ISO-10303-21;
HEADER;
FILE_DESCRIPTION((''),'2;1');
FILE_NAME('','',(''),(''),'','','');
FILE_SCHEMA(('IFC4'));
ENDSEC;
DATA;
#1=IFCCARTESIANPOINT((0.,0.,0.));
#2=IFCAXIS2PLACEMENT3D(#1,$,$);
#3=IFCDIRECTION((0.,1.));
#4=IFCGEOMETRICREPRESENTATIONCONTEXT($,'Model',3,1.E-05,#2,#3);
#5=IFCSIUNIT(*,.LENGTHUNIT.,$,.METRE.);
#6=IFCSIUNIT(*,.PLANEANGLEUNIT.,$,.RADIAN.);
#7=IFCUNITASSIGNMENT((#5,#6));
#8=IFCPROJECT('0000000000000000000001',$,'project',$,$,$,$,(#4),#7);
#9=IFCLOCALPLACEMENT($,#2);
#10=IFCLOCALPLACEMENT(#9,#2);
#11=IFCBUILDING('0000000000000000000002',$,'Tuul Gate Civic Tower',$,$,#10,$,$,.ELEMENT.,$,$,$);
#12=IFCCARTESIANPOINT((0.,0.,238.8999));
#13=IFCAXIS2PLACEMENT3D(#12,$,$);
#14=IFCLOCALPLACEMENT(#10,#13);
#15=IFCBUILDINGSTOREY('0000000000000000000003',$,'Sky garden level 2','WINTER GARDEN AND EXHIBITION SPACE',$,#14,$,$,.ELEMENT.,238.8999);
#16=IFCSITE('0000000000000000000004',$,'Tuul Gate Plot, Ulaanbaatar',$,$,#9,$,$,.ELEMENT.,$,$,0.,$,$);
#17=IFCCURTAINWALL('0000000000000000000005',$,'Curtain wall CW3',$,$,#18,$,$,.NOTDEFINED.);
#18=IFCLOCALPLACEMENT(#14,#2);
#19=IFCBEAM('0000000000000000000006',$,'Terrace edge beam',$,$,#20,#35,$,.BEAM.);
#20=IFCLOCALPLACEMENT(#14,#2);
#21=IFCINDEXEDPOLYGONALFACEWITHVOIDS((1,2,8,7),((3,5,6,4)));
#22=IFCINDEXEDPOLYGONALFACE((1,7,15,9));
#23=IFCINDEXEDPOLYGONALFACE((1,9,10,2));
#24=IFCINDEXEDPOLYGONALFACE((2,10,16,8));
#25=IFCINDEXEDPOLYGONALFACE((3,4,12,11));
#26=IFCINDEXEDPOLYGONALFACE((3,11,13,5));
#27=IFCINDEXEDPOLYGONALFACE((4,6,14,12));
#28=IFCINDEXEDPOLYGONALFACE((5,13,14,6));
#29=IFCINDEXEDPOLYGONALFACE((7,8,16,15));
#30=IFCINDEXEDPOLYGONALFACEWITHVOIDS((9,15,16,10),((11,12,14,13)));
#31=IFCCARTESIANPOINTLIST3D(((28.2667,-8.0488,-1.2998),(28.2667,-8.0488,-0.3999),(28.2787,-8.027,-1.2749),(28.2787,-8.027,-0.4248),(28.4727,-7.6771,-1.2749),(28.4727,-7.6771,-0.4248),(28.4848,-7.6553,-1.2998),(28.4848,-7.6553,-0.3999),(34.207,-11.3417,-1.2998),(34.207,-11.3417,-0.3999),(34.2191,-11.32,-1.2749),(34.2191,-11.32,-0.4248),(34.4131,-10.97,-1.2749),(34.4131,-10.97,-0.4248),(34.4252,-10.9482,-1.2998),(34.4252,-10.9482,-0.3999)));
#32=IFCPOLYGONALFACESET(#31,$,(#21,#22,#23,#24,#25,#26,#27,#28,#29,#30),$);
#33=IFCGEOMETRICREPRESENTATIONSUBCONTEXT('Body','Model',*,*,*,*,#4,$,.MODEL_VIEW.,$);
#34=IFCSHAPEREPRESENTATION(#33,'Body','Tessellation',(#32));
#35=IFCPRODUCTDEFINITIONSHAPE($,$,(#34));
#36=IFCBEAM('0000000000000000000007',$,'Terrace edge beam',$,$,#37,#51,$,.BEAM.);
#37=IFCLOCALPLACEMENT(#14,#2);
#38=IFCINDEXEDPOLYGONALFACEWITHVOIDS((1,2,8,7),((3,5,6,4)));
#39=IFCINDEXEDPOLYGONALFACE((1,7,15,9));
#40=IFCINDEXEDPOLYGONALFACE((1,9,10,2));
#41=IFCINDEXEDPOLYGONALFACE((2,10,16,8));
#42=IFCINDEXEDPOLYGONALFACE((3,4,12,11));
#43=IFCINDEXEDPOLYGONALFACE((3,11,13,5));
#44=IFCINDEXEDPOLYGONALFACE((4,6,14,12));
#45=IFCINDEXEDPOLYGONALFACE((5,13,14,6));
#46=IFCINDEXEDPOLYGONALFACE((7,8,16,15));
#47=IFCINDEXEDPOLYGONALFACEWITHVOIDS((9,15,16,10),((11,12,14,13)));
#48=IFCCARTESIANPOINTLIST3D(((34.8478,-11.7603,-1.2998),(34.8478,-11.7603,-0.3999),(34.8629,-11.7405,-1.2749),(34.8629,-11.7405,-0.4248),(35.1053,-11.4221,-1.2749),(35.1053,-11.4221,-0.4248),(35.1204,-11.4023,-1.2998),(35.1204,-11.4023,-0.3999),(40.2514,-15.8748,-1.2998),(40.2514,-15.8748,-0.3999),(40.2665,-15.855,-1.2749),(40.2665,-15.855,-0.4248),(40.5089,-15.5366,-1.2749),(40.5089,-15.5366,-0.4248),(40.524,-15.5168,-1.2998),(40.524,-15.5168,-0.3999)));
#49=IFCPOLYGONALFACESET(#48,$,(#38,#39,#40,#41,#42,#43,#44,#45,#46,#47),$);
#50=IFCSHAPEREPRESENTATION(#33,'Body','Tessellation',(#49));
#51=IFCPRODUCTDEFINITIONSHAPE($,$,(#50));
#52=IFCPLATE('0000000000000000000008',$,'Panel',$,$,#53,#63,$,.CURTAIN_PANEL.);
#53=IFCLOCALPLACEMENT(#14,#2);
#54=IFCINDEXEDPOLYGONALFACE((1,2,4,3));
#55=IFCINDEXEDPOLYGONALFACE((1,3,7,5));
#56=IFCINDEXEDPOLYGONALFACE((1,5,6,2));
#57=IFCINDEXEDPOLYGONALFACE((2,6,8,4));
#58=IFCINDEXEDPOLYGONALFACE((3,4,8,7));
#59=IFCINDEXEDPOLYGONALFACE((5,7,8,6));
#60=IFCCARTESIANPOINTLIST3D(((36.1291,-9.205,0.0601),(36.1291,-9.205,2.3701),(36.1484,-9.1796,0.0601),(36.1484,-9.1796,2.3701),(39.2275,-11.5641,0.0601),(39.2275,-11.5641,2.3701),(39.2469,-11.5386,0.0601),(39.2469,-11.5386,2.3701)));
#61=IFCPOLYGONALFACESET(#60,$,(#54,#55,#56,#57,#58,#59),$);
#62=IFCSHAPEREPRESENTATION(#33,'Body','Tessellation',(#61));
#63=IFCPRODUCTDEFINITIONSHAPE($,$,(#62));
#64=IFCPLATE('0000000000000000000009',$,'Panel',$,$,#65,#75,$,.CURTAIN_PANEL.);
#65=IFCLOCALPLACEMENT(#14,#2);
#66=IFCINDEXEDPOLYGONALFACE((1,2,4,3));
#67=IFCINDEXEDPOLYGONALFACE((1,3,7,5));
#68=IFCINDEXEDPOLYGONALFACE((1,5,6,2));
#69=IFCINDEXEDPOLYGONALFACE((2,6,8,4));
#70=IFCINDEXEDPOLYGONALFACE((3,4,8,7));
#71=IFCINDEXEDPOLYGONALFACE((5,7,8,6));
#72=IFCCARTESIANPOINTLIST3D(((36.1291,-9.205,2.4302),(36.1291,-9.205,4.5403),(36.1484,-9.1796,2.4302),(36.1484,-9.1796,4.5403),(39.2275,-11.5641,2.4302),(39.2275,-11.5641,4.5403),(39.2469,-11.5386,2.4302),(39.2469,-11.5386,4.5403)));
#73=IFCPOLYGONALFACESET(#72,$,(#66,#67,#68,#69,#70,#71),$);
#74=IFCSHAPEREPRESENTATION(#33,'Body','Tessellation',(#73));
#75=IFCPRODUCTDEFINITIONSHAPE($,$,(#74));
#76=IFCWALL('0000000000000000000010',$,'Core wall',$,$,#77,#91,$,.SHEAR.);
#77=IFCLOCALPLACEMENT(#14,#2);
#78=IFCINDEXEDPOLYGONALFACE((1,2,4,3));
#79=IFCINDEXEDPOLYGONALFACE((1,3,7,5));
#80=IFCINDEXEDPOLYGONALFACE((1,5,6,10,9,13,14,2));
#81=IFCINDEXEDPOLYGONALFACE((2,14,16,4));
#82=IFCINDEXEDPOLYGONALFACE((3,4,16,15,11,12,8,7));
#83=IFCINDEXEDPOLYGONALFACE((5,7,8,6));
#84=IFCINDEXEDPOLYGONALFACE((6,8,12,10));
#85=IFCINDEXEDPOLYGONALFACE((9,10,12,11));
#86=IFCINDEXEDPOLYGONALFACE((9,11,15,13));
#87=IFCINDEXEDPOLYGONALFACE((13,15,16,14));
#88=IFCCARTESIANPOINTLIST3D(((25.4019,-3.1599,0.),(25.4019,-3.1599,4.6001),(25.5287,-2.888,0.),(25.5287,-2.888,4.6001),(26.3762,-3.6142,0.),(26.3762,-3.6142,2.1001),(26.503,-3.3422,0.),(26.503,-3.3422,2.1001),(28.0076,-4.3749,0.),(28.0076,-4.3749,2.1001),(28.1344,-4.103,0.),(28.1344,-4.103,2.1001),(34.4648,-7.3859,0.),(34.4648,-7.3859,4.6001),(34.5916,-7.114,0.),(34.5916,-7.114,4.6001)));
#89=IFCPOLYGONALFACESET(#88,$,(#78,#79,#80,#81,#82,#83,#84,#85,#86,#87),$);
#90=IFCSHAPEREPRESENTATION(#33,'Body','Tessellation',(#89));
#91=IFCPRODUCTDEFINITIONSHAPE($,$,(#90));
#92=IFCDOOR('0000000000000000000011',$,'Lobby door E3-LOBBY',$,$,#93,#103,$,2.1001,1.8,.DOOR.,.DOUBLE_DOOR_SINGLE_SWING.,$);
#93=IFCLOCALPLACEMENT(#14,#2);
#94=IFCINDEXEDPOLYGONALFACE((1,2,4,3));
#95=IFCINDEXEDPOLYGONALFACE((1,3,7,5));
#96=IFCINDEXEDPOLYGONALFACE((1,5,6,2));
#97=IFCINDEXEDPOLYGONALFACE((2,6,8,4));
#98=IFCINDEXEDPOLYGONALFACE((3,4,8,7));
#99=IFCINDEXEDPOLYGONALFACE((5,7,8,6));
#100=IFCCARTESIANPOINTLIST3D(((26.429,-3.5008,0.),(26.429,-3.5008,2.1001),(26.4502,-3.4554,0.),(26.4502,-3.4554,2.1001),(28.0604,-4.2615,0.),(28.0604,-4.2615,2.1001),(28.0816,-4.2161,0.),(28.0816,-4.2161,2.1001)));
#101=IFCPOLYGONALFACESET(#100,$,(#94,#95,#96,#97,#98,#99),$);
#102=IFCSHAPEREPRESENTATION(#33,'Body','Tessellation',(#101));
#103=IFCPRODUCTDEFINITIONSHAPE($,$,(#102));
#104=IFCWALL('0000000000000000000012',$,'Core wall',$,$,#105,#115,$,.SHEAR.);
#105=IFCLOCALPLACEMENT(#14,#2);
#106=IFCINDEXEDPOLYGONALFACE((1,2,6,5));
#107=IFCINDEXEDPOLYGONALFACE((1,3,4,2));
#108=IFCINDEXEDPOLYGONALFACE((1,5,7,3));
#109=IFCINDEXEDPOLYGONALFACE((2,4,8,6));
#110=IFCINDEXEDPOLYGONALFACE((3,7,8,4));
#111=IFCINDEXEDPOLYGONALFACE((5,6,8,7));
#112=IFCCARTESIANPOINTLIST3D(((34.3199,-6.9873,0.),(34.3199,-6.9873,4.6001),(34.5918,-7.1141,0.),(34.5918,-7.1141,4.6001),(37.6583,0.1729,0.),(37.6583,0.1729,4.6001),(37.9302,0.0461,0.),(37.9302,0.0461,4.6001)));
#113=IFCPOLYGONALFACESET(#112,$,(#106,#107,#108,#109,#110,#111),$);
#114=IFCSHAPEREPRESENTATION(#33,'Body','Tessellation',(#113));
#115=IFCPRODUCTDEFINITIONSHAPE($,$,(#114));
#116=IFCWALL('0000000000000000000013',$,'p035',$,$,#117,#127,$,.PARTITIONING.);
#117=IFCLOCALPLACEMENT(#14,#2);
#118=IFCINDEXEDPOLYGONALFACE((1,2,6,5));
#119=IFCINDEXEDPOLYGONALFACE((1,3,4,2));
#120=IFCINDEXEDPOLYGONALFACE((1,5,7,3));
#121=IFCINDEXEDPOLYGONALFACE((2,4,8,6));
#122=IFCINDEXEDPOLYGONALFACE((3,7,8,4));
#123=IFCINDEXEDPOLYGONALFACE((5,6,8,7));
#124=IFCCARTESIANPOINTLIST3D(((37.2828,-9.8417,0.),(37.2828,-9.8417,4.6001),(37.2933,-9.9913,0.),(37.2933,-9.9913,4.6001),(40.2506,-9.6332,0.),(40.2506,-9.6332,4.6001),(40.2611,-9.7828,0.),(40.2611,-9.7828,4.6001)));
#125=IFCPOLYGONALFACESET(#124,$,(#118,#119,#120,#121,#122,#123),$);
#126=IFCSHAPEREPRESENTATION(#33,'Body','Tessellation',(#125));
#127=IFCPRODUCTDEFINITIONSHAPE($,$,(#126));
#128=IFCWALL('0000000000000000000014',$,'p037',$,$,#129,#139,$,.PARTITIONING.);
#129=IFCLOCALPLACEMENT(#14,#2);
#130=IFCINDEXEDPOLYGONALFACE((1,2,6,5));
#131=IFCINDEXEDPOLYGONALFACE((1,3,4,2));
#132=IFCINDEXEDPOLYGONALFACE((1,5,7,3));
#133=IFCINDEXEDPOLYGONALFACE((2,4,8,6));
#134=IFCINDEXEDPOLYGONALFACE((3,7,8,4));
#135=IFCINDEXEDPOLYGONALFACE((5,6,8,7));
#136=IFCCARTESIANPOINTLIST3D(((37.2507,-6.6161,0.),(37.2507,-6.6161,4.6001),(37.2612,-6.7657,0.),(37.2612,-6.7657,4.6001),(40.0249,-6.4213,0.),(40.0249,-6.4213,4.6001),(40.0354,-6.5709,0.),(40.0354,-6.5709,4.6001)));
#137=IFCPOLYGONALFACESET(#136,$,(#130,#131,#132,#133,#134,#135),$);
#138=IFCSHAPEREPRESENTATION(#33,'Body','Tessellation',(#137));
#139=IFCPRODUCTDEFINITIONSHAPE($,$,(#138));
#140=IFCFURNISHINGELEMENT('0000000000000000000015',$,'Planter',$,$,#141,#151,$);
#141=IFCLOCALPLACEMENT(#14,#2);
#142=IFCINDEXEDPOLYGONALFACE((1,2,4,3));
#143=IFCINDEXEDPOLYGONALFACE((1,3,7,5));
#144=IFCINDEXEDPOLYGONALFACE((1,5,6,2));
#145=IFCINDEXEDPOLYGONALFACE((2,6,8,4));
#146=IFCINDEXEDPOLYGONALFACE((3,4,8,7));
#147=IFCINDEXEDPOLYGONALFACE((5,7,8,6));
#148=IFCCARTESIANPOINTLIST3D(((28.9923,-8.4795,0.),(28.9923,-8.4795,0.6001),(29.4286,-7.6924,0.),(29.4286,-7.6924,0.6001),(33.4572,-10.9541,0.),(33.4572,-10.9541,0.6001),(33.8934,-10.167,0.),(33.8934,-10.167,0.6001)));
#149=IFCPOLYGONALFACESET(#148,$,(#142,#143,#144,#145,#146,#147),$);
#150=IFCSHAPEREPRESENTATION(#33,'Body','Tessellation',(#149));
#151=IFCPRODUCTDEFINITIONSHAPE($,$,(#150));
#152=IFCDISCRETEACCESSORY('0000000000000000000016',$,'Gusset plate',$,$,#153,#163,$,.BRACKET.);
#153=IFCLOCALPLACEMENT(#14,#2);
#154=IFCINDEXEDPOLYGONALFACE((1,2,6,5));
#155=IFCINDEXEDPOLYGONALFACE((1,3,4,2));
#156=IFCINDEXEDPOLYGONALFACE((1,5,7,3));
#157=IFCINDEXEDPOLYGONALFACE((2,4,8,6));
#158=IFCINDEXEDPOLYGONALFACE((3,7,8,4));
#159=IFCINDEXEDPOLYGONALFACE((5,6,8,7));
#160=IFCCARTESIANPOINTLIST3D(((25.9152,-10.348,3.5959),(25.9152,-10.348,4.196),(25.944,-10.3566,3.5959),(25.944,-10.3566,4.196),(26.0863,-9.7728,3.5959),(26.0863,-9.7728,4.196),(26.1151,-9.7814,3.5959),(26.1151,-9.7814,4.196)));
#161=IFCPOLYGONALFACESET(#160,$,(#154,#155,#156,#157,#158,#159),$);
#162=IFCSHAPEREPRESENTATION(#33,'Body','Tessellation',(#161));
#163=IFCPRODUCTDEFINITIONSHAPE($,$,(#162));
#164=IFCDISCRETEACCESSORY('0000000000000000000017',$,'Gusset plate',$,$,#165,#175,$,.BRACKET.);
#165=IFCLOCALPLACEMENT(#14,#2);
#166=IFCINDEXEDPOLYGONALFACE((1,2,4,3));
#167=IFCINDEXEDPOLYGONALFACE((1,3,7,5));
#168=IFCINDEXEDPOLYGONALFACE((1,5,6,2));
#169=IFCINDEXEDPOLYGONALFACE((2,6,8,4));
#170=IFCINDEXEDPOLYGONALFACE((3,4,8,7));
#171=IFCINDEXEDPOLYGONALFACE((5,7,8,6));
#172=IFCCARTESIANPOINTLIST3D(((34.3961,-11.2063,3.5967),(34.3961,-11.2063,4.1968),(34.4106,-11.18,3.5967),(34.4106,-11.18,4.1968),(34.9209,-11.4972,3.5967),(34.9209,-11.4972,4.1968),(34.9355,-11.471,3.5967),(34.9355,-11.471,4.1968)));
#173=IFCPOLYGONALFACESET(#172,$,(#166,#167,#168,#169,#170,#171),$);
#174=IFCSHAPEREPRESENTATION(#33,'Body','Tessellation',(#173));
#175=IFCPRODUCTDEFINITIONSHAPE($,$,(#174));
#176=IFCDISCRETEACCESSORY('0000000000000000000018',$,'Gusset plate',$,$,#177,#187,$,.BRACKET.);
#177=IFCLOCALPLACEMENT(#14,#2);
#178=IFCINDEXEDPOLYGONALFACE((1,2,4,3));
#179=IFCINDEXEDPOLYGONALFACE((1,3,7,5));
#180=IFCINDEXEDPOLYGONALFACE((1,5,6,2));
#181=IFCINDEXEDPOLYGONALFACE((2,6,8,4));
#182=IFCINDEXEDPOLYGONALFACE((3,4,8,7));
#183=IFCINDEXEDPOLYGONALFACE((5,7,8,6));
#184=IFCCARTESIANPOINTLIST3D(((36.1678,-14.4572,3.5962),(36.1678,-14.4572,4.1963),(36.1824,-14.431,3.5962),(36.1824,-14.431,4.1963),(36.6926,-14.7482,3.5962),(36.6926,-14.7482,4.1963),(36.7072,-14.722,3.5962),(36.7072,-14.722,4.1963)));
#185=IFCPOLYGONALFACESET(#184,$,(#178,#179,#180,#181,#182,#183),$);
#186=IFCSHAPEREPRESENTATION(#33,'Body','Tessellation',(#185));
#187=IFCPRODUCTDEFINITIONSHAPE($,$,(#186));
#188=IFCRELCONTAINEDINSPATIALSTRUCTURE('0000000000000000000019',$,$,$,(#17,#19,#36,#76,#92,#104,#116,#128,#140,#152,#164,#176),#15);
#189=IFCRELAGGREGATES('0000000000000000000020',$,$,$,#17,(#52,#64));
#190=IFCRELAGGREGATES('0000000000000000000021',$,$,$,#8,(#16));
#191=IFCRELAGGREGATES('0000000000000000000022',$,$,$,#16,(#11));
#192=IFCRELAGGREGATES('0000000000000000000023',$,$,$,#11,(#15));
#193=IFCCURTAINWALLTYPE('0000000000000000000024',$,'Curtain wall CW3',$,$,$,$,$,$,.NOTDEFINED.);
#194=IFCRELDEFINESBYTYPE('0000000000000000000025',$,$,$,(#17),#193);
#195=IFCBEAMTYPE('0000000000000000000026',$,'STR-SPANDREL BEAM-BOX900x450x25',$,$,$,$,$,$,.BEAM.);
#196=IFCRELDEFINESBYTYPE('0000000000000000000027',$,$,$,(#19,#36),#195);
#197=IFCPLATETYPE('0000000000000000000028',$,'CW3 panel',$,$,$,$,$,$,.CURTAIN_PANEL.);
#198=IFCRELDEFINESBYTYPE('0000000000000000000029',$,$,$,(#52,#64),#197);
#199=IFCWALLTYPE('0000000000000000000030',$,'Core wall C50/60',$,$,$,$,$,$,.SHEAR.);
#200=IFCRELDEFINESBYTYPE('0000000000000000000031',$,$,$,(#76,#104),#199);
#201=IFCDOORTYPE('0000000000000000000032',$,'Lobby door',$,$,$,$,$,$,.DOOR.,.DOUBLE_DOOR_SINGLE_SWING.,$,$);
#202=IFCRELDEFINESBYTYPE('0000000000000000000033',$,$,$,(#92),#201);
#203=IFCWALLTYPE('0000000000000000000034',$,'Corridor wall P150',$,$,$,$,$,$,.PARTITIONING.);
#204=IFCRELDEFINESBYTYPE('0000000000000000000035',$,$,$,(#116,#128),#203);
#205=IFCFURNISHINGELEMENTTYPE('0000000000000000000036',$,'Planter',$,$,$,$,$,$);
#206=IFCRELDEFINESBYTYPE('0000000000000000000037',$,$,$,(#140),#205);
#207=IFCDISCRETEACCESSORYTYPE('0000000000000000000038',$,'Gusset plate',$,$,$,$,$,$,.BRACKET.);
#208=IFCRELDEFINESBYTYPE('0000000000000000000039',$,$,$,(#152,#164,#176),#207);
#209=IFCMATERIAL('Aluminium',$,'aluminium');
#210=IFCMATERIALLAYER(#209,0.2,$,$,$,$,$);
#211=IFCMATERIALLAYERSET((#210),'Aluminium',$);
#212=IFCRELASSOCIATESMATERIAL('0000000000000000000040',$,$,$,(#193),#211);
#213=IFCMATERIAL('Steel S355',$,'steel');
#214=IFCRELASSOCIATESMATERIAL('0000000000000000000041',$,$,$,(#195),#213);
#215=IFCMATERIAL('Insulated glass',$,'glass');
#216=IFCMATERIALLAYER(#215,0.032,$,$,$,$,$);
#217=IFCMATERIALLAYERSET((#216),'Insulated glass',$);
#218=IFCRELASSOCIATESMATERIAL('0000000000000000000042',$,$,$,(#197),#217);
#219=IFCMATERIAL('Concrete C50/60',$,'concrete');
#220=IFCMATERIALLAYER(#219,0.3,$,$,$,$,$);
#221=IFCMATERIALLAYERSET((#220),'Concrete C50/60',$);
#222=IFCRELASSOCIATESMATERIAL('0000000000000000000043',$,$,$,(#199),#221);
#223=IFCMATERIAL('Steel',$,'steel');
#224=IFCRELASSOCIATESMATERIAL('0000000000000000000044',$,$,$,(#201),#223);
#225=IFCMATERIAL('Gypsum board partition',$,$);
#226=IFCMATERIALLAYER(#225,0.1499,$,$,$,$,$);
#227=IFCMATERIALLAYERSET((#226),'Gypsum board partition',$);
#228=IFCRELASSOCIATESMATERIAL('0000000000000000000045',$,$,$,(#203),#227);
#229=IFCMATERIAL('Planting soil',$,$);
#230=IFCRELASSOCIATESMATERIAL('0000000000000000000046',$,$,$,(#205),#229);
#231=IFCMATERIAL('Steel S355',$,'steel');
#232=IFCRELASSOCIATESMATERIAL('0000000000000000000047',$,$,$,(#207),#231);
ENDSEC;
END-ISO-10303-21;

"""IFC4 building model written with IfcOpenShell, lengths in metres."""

from ifc_helpers import new_model, si_unit, direction, frame, frame_2d, origin, origin_2d, place, context, subcontext, project, spatial, rectangle, hollow_rectangle, extrude, material, layer, layer_set, material_profile, profile_set, type_object, element, fill, aggregate, save


model = new_model("IFC4")

# Units and contexts
model_context = context("Model", 3, precision=1e-05, world=origin(), true_north=direction((0.0, 1.0)))
body_context = subcontext(model_context, "Body", "Model", "MODEL_VIEW")
ifc_project = project(units=[si_unit("LENGTHUNIT", "METRE"), si_unit("PLANEANGLEUNIT", "RADIAN")], contexts=[model_context])

# Site, building, storey
site_placement = place(None, origin())
site = spatial("IfcSite", under=ifc_project, at=site_placement, Name="Tuul Gate Plot, Ulaanbaatar", CompositionType="ELEMENT", RefElevation=0.0)
building_placement = place(site_placement, origin())
building = spatial("IfcBuilding", under=site, at=building_placement, Name="Tuul Gate Civic Tower", CompositionType="ELEMENT")
storey_placement = place(building_placement, frame((0.0, 0.0, 238.8999)))
storey = spatial("IfcBuildingStorey", under=building, at=storey_placement, Name="Sky garden level 2", Description="WINTER GARDEN AND EXHIBITION SPACE", CompositionType="ELEMENT", Elevation=238.8999)

# Curtain wall
ifc_material_1 = material(Name="Aluminium", Category="aluminium")
ifc_layer_1 = layer(ifc_material_1, 0.2)
ifc_layer_set_1 = layer_set([ifc_layer_1], Name="Aluminium")
curtain_wall_type = type_object("IfcCurtainWallType", Name="Curtain wall CW3", PredefinedType="NOTDEFINED", material=ifc_layer_set_1)
curtain_wall_placement = place(storey_placement, origin())
curtain_wall = element("IfcCurtainWall", 1, at=curtain_wall_placement, inside=storey, type_object=curtain_wall_type, Name="Curtain wall CW3", PredefinedType="NOTDEFINED")

# Beams
ifc_material_2 = material(Name="Steel S355", Category="steel")
ifc_material_profile_1 = material_profile(ifc_material_2, hollow_rectangle(XDim=0.45, YDim=0.8999, WallThickness=0.0249, at=origin_2d()), Name="BOX900x450x25")
ifc_profile_set_1 = profile_set([ifc_material_profile_1], Name="Steel S355")
beam_type_1 = type_object("IfcBeamType", Name="STR-SPANDREL BEAM-BOX900x450x25", PredefinedType="BEAM", material=ifc_profile_set_1)
beam_1_placement = place(storey_placement, frame((28.3757, -7.8521, -0.8499), z_axis=(0.874611, -0.484825, 0.0), x_axis=(0.484825, 0.874611, 0.0)))
element("IfcBeam", 2, at=beam_1_placement, inside=storey, type_object=beam_type_1, Name="Terrace edge beam", PredefinedType="BEAM", context=body_context, shape_type="SweptSolid", body=[
    extrude(hollow_rectangle(XDim=0.45, YDim=0.8999, WallThickness=0.0249, at=origin_2d()), origin(), (0.0, 0.0, 1.0), 6.792),
])
beam_2_placement = place(storey_placement, frame((34.9841, -11.5813, -0.8499), z_axis=(0.795609, -0.60581, 0.0), x_axis=(0.60581, 0.795609, 0.0)))
element("IfcBeam", 3, at=beam_2_placement, inside=storey, type_object=beam_type_1, Name="Terrace edge beam", PredefinedType="BEAM", context=body_context, shape_type="SweptSolid", body=[
    extrude(hollow_rectangle(XDim=0.45, YDim=0.8999, WallThickness=0.0249, at=origin_2d()), origin(), (0.0, 0.0, 1.0), 6.7917),
])

# Plates
ifc_material_3 = material(Name="Insulated glass", Category="glass")
ifc_layer_2 = layer(ifc_material_3, 0.032)
ifc_layer_set_2 = layer_set([ifc_layer_2], Name="Insulated glass")
plate_type = type_object("IfcPlateType", Name="CW3 panel", PredefinedType="CURTAIN_PANEL", material=ifc_layer_set_2)
plate_1_placement = place(storey_placement, frame((37.688, -10.3718, 0.0601), z_axis=(0.0, 0.0, 1.0), x_axis=(0.795642, -0.605767, 0.0)))
plate_1 = element("IfcPlate", 4, at=plate_1_placement, type_object=plate_type, Name="Panel", PredefinedType="CURTAIN_PANEL", context=body_context, shape_type="SweptSolid", body=[
    extrude(rectangle(XDim=3.8943, YDim=0.032, at=origin_2d()), origin(), (0.0, 0.0, 1.0), 2.3101),
])
plate_2_placement = place(storey_placement, frame((37.688, -10.3718, 2.4302), z_axis=(0.0, 0.0, 1.0), x_axis=(0.795642, -0.605767, 0.0)))
plate_2 = element("IfcPlate", 5, at=plate_2_placement, type_object=plate_type, Name="Panel", PredefinedType="CURTAIN_PANEL", context=body_context, shape_type="SweptSolid", body=[
    extrude(rectangle(XDim=3.8943, YDim=0.032, at=origin_2d()), origin(), (0.0, 0.0, 1.0), 2.1101),
])
aggregate(curtain_wall, [plate_1, plate_2])

# Wall, opening, door
ifc_material_4 = material(Name="Concrete C50/60", Category="concrete")
ifc_layer_3 = layer(ifc_material_4, 0.3)
ifc_layer_set_3 = layer_set([ifc_layer_3], Name="Concrete C50/60")
wall_type_1 = type_object("IfcWallType", Name="Core wall C50/60", PredefinedType="SHEAR", material=ifc_layer_set_3)
wall_1_placement = place(storey_placement, frame((34.5283, -7.25, 0.0), z_axis=(0.0, 0.0, 1.0), x_axis=(-0.90631, 0.422613, 0.0)))
wall_1 = element("IfcWall", 6, at=wall_1_placement, inside=storey, type_object=wall_type_1, Name="Core wall", PredefinedType="SHEAR", context=body_context, shape_type="SweptSolid", body=[
    extrude(rectangle(XDim=9.9998, YDim=0.3, at=frame_2d((5.0, 0.0))), origin(), (0.0, 0.0, 1.0), 4.6001),
])
opening_placement = place(wall_1_placement, frame((7.125, 0.0, 0.0)))
opening = element("IfcOpeningElement", 7, at=opening_placement, cuts=wall_1, PredefinedType="OPENING", context=body_context, shape_type="SweptSolid", body=[
    extrude(rectangle(XDim=1.8, YDim=2.1001, at=frame_2d((0.8999, 1.05))), frame((0.0, 0.1602, 0.0), z_axis=(0.0, -1.0, 0.0), x_axis=(1.0, 0.0, 0.0)), (0.0, 0.0, 1.0), 0.3201),
])
ifc_material_5 = material(Name="Steel", Category="steel")
door_type = type_object("IfcDoorType", Name="Lobby door", OperationType="DOUBLE_DOOR_SINGLE_SWING", PredefinedType="DOOR", material=ifc_material_5)
door_placement = place(opening_placement, origin())
door = element("IfcDoor", 8, at=door_placement, inside=storey, type_object=door_type, Name="Lobby door E3-LOBBY", OperationType="DOUBLE_DOOR_SINGLE_SWING", OverallHeight=2.1001, OverallWidth=1.8, PredefinedType="DOOR", context=body_context, shape_type="SweptSolid", body=[
    extrude(rectangle(XDim=1.8, YDim=2.1001, at=frame_2d((0.8999, 1.05))), frame((0.0, 0.0249, 0.0), z_axis=(0.0, -1.0, 0.0), x_axis=(1.0, 0.0, 0.0)), (0.0, 0.0, 1.0), 0.05),
])
fill(opening, door)

# Walls
wall_2_placement = place(storey_placement, frame((34.4558, -7.0508, 0.0), z_axis=(0.0, 0.0, 1.0), x_axis=(0.422571, 0.90633, 0.0)))
element("IfcWall", 9, at=wall_2_placement, inside=storey, type_object=wall_type_1, Name="Core wall", PredefinedType="SHEAR", context=body_context, shape_type="SweptSolid", body=[
    extrude(rectangle(XDim=7.9001, YDim=0.3, at=frame_2d((3.9502, 0.0))), origin(), (0.0, 0.0, 1.0), 4.6001),
])
ifc_material_6 = material(Name="Gypsum board partition")
ifc_layer_4 = layer(ifc_material_6, 0.1499)
ifc_layer_set_4 = layer_set([ifc_layer_4], Name="Gypsum board partition")
wall_type_2 = type_object("IfcWallType", Name="Corridor wall P150", PredefinedType="PARTITIONING", material=ifc_layer_set_4)
wall_3_placement = place(storey_placement, frame((37.2881, -9.9165, 0.0), z_axis=(0.0, 0.0, 1.0), x_axis=(0.997541, 0.070081, 0.0)))
element("IfcWall", 10, at=wall_3_placement, inside=storey, type_object=wall_type_2, Name="p035", PredefinedType="PARTITIONING", context=body_context, shape_type="SweptSolid", body=[
    extrude(rectangle(XDim=2.9751, YDim=0.1499, at=frame_2d((1.4875, 0.0))), origin(), (0.0, 0.0, 1.0), 4.6001),
])
wall_4_placement = place(storey_placement, frame((37.2559, -6.6909, 0.0), z_axis=(0.0, 0.0, 1.0), x_axis=(0.997543, 0.070055, 0.0)))
element("IfcWall", 11, at=wall_4_placement, inside=storey, type_object=wall_type_2, Name="p037", PredefinedType="PARTITIONING", context=body_context, shape_type="SweptSolid", body=[
    extrude(rectangle(XDim=2.781, YDim=0.1499, at=frame_2d((1.3906, 0.0))), origin(), (0.0, 0.0, 1.0), 4.6001),
])

# Furnishing element
ifc_material_7 = material(Name="Planting soil")
furnishing_element_type = type_object("IfcFurnishingElementType", Name="Planter", material=ifc_material_7)
furnishing_placement = place(storey_placement, frame((31.4429, -9.3232, 0.0), z_axis=(0.0, 0.0, 1.0), x_axis=(0.874647, -0.48476, 0.0)))
element("IfcFurnishingElement", 12, at=furnishing_placement, inside=storey, type_object=furnishing_element_type, Name="Planter", context=body_context, shape_type="SweptSolid", body=[
    extrude(rectangle(XDim=5.1047, YDim=0.8999, at=origin_2d()), origin(), (0.0, 0.0, 1.0), 0.6001),
])

# Discrete accessories
ifc_material_8 = material(Name="Steel S355", Category="steel")
discrete_accessory_type = type_object("IfcDiscreteAccessoryType", Name="Gusset plate", PredefinedType="BRACKET", material=ifc_material_8)
for number, where, z_axis, x_axis, name in (
    (13, (26.0151, -10.0647, 3.5959), (0.0, 0.0, 1.0), (0.285212, 0.958464, 0.0), "Gusset plate"),
    (14, (34.6658, -11.3386, 3.5967), (0.0, 0.0, 1.0), (-0.874598, 0.484849, 0.0), "Gusset plate"),
    (15, (36.4375, -14.5896, 3.5962), (0.0, 0.0, 1.0), (-0.874567, 0.484905, 0.0), "Gusset plate"),
):
    element("IfcDiscreteAccessory", number, at=place(storey_placement, frame(where, z_axis=z_axis, x_axis=x_axis)), inside=storey, type_object=discrete_accessory_type, Name=name, PredefinedType="BRACKET", context=body_context, shape_type="SweptSolid", body=[
        extrude(rectangle(XDim=0.6001, YDim=0.03, at=origin_2d()), origin(), (0.0, 0.0, 1.0), 0.6001),
    ])

save(model, "model.ifc")
